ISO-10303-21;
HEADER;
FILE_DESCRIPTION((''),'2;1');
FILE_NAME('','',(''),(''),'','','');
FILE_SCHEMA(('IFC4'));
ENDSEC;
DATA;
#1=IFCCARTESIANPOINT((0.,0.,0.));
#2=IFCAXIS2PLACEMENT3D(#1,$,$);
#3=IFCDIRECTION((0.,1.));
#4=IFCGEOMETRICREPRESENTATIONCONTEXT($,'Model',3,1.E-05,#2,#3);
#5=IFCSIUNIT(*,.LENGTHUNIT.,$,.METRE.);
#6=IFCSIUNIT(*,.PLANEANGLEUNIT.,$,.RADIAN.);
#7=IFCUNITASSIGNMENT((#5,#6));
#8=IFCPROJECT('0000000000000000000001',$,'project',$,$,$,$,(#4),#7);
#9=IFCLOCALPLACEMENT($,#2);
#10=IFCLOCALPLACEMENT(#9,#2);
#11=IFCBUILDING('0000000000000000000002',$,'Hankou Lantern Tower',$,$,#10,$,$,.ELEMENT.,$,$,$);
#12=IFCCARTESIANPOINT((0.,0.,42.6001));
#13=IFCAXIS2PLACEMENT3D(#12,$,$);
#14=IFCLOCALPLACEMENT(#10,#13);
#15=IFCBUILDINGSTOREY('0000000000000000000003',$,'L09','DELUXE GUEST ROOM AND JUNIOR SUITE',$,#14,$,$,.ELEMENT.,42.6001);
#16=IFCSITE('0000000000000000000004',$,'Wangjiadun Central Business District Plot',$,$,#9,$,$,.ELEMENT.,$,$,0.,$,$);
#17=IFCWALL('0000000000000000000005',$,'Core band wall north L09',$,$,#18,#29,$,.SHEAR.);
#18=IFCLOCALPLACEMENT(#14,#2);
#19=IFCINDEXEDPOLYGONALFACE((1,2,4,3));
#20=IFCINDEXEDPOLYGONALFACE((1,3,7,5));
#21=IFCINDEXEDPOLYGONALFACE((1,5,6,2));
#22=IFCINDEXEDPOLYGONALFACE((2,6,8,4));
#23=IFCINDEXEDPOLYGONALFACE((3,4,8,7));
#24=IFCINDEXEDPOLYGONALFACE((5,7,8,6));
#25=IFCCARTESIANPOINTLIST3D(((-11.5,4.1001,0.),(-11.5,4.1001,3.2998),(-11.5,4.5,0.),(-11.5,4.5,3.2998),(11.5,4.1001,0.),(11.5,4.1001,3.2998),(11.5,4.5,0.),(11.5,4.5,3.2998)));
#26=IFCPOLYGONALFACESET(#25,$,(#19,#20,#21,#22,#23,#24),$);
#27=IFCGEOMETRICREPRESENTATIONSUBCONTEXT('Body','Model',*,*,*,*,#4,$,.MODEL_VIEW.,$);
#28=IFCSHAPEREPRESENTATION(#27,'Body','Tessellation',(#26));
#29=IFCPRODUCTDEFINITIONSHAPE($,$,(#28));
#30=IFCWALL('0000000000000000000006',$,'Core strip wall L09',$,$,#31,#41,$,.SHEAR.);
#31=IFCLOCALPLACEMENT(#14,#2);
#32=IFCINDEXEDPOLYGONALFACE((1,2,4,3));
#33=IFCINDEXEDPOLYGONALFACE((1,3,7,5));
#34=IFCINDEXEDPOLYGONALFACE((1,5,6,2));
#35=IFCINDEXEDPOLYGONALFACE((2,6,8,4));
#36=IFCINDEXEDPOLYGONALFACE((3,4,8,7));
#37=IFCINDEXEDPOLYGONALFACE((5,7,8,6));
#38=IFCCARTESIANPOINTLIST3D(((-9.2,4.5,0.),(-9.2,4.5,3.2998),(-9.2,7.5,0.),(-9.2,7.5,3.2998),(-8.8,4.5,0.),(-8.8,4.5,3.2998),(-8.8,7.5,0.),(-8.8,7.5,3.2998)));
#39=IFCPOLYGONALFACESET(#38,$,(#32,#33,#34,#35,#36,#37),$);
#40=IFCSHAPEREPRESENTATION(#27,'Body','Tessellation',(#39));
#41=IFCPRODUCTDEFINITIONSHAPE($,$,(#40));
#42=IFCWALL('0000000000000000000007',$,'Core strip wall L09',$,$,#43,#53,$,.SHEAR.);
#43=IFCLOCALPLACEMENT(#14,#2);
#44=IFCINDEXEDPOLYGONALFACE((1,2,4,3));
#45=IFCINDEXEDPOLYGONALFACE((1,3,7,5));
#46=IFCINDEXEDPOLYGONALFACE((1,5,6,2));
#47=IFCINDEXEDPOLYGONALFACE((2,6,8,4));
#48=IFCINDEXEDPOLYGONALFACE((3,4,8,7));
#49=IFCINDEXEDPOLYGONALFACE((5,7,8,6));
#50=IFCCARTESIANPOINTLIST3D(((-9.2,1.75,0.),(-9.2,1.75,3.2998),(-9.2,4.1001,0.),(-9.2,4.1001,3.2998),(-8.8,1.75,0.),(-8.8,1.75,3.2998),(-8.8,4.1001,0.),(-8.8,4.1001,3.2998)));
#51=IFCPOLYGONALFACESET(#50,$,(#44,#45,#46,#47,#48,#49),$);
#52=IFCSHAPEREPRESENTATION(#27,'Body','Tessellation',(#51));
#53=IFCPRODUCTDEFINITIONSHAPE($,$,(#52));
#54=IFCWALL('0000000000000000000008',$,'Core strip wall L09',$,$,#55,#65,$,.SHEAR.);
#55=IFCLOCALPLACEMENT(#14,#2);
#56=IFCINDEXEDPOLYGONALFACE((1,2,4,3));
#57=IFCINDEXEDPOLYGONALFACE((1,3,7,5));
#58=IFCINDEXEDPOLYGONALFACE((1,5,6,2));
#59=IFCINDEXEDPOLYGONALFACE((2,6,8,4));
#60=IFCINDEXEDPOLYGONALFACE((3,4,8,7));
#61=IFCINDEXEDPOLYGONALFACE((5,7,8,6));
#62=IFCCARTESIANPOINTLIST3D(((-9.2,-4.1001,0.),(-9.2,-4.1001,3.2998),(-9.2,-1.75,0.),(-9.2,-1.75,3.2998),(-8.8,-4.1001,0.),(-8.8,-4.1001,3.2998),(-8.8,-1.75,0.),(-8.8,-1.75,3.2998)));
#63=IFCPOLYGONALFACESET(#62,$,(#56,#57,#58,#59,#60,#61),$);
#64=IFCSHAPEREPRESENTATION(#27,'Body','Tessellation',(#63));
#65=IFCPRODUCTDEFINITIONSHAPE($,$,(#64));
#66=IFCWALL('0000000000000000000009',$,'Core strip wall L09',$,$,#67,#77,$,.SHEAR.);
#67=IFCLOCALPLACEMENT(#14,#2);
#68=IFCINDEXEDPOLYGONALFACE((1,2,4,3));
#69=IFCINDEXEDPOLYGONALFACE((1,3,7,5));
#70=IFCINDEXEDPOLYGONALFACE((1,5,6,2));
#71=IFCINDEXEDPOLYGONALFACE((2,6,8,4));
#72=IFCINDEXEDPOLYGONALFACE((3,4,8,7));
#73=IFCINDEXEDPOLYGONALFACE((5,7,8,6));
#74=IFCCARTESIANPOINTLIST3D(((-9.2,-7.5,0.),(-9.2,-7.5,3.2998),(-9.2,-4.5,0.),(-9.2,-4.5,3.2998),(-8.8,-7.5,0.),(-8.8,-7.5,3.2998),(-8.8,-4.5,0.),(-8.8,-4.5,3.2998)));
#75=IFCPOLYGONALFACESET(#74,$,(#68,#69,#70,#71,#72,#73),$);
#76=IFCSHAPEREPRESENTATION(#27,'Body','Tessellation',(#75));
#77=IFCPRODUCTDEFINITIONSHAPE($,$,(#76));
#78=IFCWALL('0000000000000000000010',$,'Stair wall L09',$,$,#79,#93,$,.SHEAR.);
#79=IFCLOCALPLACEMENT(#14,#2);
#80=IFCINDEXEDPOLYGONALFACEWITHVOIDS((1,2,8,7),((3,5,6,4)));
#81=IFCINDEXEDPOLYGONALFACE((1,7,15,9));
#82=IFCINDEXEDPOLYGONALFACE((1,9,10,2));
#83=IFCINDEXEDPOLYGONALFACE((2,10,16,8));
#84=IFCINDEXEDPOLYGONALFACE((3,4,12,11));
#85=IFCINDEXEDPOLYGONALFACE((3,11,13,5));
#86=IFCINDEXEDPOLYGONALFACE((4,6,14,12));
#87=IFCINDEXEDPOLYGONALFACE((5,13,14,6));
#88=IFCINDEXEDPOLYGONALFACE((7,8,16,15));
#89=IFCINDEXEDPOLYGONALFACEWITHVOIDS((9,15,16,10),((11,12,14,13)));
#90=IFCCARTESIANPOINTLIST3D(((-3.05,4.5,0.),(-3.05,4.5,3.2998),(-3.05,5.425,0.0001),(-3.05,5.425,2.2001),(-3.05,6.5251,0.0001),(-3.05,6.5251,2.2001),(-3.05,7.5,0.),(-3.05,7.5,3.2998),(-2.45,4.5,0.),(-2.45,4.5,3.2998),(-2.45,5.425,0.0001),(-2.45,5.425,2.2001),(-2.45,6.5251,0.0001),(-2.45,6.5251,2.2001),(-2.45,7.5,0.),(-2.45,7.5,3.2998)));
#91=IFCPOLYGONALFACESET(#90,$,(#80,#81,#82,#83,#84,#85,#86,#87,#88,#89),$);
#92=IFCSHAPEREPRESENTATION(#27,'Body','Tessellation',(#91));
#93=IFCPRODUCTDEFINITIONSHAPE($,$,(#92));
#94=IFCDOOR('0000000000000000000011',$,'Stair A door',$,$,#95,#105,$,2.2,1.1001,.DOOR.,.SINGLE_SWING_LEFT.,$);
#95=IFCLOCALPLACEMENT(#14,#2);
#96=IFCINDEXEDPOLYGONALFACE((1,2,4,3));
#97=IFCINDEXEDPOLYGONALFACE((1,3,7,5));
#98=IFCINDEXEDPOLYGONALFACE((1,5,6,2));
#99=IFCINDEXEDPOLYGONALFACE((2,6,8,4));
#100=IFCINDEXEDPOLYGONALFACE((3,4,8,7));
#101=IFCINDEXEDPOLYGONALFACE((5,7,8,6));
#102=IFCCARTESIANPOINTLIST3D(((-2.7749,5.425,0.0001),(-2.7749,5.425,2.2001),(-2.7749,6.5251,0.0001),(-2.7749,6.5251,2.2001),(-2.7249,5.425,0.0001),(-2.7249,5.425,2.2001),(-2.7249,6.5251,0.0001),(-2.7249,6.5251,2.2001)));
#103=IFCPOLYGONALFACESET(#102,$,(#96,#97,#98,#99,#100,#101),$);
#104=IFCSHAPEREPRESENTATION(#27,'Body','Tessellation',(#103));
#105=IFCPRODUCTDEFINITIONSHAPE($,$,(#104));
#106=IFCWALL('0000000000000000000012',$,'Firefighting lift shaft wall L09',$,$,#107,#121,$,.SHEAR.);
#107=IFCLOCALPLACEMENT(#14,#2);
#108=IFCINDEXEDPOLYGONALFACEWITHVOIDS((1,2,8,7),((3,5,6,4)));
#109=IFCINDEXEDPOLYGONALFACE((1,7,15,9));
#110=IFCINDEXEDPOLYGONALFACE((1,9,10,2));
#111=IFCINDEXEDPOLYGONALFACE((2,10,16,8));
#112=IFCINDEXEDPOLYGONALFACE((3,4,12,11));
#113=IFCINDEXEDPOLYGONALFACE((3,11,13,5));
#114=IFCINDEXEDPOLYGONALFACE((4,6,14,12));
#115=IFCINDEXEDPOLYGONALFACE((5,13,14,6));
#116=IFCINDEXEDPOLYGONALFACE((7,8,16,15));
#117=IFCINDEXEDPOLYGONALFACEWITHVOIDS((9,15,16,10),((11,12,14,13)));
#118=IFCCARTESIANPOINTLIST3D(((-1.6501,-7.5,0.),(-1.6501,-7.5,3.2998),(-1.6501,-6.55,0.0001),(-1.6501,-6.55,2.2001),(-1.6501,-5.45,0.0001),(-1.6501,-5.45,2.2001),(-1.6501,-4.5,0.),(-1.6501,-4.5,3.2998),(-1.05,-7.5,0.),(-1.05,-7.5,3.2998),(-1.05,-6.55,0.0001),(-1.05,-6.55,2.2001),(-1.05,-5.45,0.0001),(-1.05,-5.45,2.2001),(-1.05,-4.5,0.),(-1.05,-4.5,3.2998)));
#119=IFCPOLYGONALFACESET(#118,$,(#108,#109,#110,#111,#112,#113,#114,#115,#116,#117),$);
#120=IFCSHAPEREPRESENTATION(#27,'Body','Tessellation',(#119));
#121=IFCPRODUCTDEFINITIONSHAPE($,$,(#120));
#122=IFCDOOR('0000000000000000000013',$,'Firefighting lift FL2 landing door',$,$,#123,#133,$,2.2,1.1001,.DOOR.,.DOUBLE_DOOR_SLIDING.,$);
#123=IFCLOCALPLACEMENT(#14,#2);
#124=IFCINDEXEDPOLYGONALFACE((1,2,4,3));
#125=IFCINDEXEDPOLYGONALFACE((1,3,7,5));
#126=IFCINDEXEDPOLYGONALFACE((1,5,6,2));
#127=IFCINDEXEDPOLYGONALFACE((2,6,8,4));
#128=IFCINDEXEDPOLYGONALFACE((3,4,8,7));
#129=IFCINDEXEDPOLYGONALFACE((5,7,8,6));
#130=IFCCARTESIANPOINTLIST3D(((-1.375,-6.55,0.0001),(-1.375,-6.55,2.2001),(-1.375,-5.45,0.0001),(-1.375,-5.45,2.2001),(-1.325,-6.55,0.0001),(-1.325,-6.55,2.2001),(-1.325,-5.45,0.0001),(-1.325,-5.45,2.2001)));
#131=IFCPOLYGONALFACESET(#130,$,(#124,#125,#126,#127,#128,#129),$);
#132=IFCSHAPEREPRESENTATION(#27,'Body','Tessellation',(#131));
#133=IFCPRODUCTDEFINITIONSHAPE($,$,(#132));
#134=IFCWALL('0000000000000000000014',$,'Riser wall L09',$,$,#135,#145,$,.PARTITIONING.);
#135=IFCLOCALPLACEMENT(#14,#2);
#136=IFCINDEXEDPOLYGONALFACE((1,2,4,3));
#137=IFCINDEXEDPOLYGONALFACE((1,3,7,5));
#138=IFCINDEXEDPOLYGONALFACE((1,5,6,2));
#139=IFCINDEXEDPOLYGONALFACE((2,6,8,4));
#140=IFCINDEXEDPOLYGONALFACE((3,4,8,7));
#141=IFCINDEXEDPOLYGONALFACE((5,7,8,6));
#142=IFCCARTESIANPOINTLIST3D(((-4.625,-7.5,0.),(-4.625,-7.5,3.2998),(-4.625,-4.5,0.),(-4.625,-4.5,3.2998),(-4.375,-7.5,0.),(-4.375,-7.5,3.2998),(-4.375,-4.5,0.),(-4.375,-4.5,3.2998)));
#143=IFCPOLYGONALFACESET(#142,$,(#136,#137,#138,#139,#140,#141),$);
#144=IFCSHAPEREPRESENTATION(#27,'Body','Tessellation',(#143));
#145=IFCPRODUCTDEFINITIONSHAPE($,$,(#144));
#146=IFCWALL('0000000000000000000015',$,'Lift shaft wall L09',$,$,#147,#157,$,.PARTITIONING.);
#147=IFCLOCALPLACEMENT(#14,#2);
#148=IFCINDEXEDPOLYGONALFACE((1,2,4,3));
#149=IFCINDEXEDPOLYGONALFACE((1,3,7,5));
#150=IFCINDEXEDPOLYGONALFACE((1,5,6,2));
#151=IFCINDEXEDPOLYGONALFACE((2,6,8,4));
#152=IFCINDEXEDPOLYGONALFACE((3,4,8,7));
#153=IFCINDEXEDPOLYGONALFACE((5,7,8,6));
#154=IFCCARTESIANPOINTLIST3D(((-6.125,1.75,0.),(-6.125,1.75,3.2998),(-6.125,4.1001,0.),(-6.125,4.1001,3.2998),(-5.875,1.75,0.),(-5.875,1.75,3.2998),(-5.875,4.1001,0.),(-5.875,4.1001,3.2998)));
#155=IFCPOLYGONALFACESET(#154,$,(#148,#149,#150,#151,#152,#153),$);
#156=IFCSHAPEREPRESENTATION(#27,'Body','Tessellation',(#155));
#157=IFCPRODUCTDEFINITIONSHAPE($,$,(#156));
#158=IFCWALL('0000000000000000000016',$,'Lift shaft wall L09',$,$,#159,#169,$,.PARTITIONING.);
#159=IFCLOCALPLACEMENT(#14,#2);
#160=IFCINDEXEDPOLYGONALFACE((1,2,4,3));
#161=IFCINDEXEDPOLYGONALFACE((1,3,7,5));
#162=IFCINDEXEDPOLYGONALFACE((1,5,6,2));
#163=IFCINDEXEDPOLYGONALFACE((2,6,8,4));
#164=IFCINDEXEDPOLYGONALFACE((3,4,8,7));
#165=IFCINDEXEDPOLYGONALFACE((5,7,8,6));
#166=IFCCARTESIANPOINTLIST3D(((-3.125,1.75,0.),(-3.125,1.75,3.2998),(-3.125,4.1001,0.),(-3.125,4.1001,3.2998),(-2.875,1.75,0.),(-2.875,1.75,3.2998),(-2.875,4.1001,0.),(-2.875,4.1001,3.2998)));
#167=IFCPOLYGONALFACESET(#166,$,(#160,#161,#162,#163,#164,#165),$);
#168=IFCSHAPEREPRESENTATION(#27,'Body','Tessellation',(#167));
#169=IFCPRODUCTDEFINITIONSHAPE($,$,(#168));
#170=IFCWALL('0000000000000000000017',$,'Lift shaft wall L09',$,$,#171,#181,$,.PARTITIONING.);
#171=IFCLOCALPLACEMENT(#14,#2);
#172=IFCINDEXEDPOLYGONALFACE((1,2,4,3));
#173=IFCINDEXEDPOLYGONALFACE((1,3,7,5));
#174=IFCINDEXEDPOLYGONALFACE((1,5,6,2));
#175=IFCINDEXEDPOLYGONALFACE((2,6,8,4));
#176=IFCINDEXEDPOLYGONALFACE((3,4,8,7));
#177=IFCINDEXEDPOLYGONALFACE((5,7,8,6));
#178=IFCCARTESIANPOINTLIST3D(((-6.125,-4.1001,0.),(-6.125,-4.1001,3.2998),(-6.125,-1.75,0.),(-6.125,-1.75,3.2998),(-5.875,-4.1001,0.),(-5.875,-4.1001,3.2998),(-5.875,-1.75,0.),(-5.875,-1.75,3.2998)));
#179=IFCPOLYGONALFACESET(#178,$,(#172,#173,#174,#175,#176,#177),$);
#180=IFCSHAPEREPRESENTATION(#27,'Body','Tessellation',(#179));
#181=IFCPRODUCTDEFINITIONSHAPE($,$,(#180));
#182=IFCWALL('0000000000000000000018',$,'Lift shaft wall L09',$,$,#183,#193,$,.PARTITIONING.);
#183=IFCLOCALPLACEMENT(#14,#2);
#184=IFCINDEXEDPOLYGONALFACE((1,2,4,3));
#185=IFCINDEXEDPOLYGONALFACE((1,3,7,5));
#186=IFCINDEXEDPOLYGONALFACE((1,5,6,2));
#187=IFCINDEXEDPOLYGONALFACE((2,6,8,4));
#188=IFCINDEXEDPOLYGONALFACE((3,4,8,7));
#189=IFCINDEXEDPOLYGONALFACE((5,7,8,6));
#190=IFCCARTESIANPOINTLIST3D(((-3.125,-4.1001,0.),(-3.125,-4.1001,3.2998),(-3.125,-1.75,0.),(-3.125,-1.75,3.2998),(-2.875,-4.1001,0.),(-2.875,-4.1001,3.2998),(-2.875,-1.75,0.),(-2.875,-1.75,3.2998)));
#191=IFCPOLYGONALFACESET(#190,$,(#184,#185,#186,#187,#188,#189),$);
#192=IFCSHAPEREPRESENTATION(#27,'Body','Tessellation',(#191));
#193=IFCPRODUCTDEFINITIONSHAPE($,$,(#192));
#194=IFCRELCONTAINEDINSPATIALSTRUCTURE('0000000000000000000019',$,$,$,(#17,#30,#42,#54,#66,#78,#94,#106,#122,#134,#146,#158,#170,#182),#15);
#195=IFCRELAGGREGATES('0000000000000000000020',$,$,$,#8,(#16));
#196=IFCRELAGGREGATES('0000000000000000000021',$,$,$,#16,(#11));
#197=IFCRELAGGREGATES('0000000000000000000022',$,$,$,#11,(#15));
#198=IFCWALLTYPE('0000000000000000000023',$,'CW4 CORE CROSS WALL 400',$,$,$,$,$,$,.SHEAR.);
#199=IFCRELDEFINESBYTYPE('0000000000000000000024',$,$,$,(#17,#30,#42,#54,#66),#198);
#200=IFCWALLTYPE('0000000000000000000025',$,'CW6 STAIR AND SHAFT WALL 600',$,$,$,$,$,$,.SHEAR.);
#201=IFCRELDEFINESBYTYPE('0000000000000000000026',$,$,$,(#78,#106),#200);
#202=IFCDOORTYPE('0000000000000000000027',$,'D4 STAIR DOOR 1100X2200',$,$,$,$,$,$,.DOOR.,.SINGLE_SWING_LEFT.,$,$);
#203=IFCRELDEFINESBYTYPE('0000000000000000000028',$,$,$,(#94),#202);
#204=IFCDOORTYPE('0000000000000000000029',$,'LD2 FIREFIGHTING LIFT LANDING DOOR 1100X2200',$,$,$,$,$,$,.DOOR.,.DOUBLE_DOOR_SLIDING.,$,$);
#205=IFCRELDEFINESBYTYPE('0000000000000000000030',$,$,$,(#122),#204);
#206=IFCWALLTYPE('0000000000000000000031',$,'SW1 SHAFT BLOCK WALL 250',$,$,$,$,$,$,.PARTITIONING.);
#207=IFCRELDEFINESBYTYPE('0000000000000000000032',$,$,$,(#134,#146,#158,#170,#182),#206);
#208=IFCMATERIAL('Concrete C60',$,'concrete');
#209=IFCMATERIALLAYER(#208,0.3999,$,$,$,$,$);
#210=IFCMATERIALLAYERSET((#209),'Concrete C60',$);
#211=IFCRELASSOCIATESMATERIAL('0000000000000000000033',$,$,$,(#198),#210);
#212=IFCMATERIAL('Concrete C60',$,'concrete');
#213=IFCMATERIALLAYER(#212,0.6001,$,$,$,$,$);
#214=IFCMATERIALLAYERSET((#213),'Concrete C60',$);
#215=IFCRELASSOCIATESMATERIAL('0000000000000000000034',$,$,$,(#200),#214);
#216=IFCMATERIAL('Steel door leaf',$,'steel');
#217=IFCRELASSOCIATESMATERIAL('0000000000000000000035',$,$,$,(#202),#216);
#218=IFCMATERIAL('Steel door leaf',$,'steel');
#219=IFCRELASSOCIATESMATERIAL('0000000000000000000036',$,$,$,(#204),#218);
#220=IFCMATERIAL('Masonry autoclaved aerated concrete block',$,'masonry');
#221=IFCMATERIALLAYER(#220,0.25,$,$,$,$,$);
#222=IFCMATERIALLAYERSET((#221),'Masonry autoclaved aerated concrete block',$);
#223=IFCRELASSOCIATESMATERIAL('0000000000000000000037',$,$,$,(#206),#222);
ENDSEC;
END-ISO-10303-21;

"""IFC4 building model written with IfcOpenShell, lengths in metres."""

from ifc_helpers import new_model, si_unit, direction, frame, frame_2d, origin, place, context, subcontext, project, spatial, rectangle, extrude, material, layer, layer_set, type_object, element, fill, save


model = new_model("IFC4")

# Units and contexts
model_context = context("Model", 3, precision=1e-05, world=origin(), true_north=direction((0.0, 1.0)))
body_context = subcontext(model_context, "Body", "Model", "MODEL_VIEW")
ifc_project = project(units=[si_unit("LENGTHUNIT", "METRE"), si_unit("PLANEANGLEUNIT", "RADIAN")], contexts=[model_context])

# Site, building, storey
site_placement = place(None, origin())
site = spatial("IfcSite", under=ifc_project, at=site_placement, Name="Wangjiadun Central Business District Plot", CompositionType="ELEMENT", RefElevation=0.0)
building_placement = place(site_placement, origin())
building = spatial("IfcBuilding", under=site, at=building_placement, Name="Hankou Lantern Tower", CompositionType="ELEMENT")
storey_placement = place(building_placement, frame((0.0, 0.0, 42.6001)))
storey = spatial("IfcBuildingStorey", under=building, at=storey_placement, Name="L09", Description="DELUXE GUEST ROOM AND JUNIOR SUITE", CompositionType="ELEMENT", Elevation=42.6001)

# Walls
ifc_material_1 = material(Name="Concrete C60", Category="concrete")
ifc_layer_1 = layer(ifc_material_1, 0.3999)
ifc_layer_set_1 = layer_set([ifc_layer_1], Name="Concrete C60")
wall_type_1 = type_object("IfcWallType", Name="CW4 CORE CROSS WALL 400", PredefinedType="SHEAR", material=ifc_layer_set_1)
wall_1_placement = place(storey_placement, frame((-11.5, 4.3, 0.0), z_axis=(0.0, 0.0, 1.0), x_axis=(1.0, 0.0, 0.0)))
element("IfcWall", 1, at=wall_1_placement, inside=storey, type_object=wall_type_1, Name="Core band wall north L09", PredefinedType="SHEAR", context=body_context, shape_type="SweptSolid", body=[
    extrude(rectangle(XDim=23.0, YDim=0.3999, at=frame_2d((11.5, 0.0))), origin(), (0.0, 0.0, 1.0), 3.2998),
])
wall_2_placement = place(storey_placement, frame((-9.0, 4.5, 0.0), z_axis=(0.0, 0.0, 1.0), x_axis=(0.0, 1.0, 0.0)))
element("IfcWall", 2, at=wall_2_placement, inside=storey, type_object=wall_type_1, Name="Core strip wall L09", PredefinedType="SHEAR", context=body_context, shape_type="SweptSolid", body=[
    extrude(rectangle(XDim=3.0, YDim=0.3999, at=frame_2d((1.5, 0.0))), origin(), (0.0, 0.0, 1.0), 3.2998),
])
for number, where, z_axis, x_axis, name in (
    (3, (-9.0, 1.75, 0.0), (0.0, 0.0, 1.0), (0.0, 1.0, 0.0), "Core strip wall L09"),
    (4, (-9.0, -4.1001, 0.0), (0.0, 0.0, 1.0), (0.0, 1.0, 0.0), "Core strip wall L09"),
):
    element("IfcWall", number, at=place(storey_placement, frame(where, z_axis=z_axis, x_axis=x_axis)), inside=storey, type_object=wall_type_1, Name=name, PredefinedType="SHEAR", context=body_context, shape_type="SweptSolid", body=[
        extrude(rectangle(XDim=2.3501, YDim=0.3999, at=frame_2d((1.175, 0.0))), origin(), (0.0, 0.0, 1.0), 3.2998),
    ])
wall_3_placement = place(storey_placement, frame((-9.0, -7.5, 0.0), z_axis=(0.0, 0.0, 1.0), x_axis=(0.0, 1.0, 0.0)))
element("IfcWall", 5, at=wall_3_placement, inside=storey, type_object=wall_type_1, Name="Core strip wall L09", PredefinedType="SHEAR", context=body_context, shape_type="SweptSolid", body=[
    extrude(rectangle(XDim=3.0, YDim=0.3999, at=frame_2d((1.5, 0.0))), origin(), (0.0, 0.0, 1.0), 3.2998),
])

# Walls, openings, doors
ifc_material_2 = material(Name="Concrete C60", Category="concrete")
ifc_layer_2 = layer(ifc_material_2, 0.6001)
ifc_layer_set_2 = layer_set([ifc_layer_2], Name="Concrete C60")
wall_type_2 = type_object("IfcWallType", Name="CW6 STAIR AND SHAFT WALL 600", PredefinedType="SHEAR", material=ifc_layer_set_2)
wall_4_placement = place(storey_placement, frame((-2.75, 4.5, 0.0), z_axis=(0.0, 0.0, 1.0), x_axis=(0.0, 1.0, 0.0)))
wall_4 = element("IfcWall", 6, at=wall_4_placement, inside=storey, type_object=wall_type_2, Name="Stair wall L09", PredefinedType="SHEAR", context=body_context, shape_type="SweptSolid", body=[
    extrude(rectangle(XDim=3.0, YDim=0.6001, at=frame_2d((1.5, 0.0))), origin(), (0.0, 0.0, 1.0), 3.2998),
])
opening_1_placement = place(wall_4_placement, frame((0.925, 0.0, 0.0)))
opening_1 = element("IfcOpeningElement", 7, at=opening_1_placement, cuts=wall_4, PredefinedType="OPENING", context=body_context, shape_type="SweptSolid", body=[
    extrude(rectangle(XDim=1.1001, YDim=2.2, at=frame_2d((0.55, 1.1001))), frame((0.0, 0.3101, 0.0), z_axis=(0.0, -1.0, 0.0), x_axis=(1.0, 0.0, 0.0)), (0.0, 0.0, 1.0), 0.6201),
])
ifc_material_3 = material(Name="Steel door leaf", Category="steel")
door_type_1 = type_object("IfcDoorType", Name="D4 STAIR DOOR 1100X2200", OperationType="SINGLE_SWING_LEFT", PredefinedType="DOOR", material=ifc_material_3)
door_1_placement = place(opening_1_placement, origin())
door_1 = element("IfcDoor", 8, at=door_1_placement, inside=storey, type_object=door_type_1, Name="Stair A door", OperationType="SINGLE_SWING_LEFT", OverallHeight=2.2, OverallWidth=1.1001, PredefinedType="DOOR", context=body_context, shape_type="SweptSolid", body=[
    extrude(rectangle(XDim=1.1001, YDim=2.2, at=frame_2d((0.55, 1.1001))), frame((0.0, 0.0249, 0.0), z_axis=(0.0, -1.0, 0.0), x_axis=(1.0, 0.0, 0.0)), (0.0, 0.0, 1.0), 0.05),
])
fill(opening_1, door_1)
wall_5_placement = place(storey_placement, frame((-1.3501, -7.5, 0.0), z_axis=(0.0, 0.0, 1.0), x_axis=(0.0, 1.0, 0.0)))
wall_5 = element("IfcWall", 9, at=wall_5_placement, inside=storey, type_object=wall_type_2, Name="Firefighting lift shaft wall L09", PredefinedType="SHEAR", context=body_context, shape_type="SweptSolid", body=[
    extrude(rectangle(XDim=3.0, YDim=0.6001, at=frame_2d((1.5, 0.0))), origin(), (0.0, 0.0, 1.0), 3.2998),
])
opening_2_placement = place(wall_5_placement, frame((0.95, 0.0, 0.0)))
opening_2 = element("IfcOpeningElement", 10, at=opening_2_placement, cuts=wall_5, PredefinedType="OPENING", context=body_context, shape_type="SweptSolid", body=[
    extrude(rectangle(XDim=1.1001, YDim=2.2, at=frame_2d((0.55, 1.1001))), frame((0.0, 0.3101, 0.0), z_axis=(0.0, -1.0, 0.0), x_axis=(1.0, 0.0, 0.0)), (0.0, 0.0, 1.0), 0.6201),
])
ifc_material_4 = material(Name="Steel door leaf", Category="steel")
door_type_2 = type_object("IfcDoorType", Name="LD2 FIREFIGHTING LIFT LANDING DOOR 1100X2200", OperationType="DOUBLE_DOOR_SLIDING", PredefinedType="DOOR", material=ifc_material_4)
door_2_placement = place(opening_2_placement, origin())
door_2 = element("IfcDoor", 11, at=door_2_placement, inside=storey, type_object=door_type_2, Name="Firefighting lift FL2 landing door", OperationType="DOUBLE_DOOR_SLIDING", OverallHeight=2.2, OverallWidth=1.1001, PredefinedType="DOOR", context=body_context, shape_type="SweptSolid", body=[
    extrude(rectangle(XDim=1.1001, YDim=2.2, at=frame_2d((0.55, 1.1001))), frame((0.0, 0.0249, 0.0), z_axis=(0.0, -1.0, 0.0), x_axis=(1.0, 0.0, 0.0)), (0.0, 0.0, 1.0), 0.05),
])
fill(opening_2, door_2)

# Walls
ifc_material_5 = material(Name="Masonry autoclaved aerated concrete block", Category="masonry")
ifc_layer_3 = layer(ifc_material_5, 0.25)
ifc_layer_set_3 = layer_set([ifc_layer_3], Name="Masonry autoclaved aerated concrete block")
wall_type_3 = type_object("IfcWallType", Name="SW1 SHAFT BLOCK WALL 250", PredefinedType="PARTITIONING", material=ifc_layer_set_3)
wall_6_placement = place(storey_placement, frame((-4.5, -7.5, 0.0), z_axis=(0.0, 0.0, 1.0), x_axis=(0.0, 1.0, 0.0)))
element("IfcWall", 12, at=wall_6_placement, inside=storey, type_object=wall_type_3, Name="Riser wall L09", PredefinedType="PARTITIONING", context=body_context, shape_type="SweptSolid", body=[
    extrude(rectangle(XDim=3.0, YDim=0.25, at=frame_2d((1.5, 0.0))), origin(), (0.0, 0.0, 1.0), 3.2998),
])
for number, where, z_axis, x_axis, name in (
    (13, (-6.0, 1.75, 0.0), (0.0, 0.0, 1.0), (0.0, 1.0, 0.0), "Lift shaft wall L09"),
    (14, (-3.0, 1.75, 0.0), (0.0, 0.0, 1.0), (0.0, 1.0, 0.0), "Lift shaft wall L09"),
    (15, (-6.0, -4.1001, 0.0), (0.0, 0.0, 1.0), (0.0, 1.0, 0.0), "Lift shaft wall L09"),
    (16, (-3.0, -4.1001, 0.0), (0.0, 0.0, 1.0), (0.0, 1.0, 0.0), "Lift shaft wall L09"),
):
    element("IfcWall", number, at=place(storey_placement, frame(where, z_axis=z_axis, x_axis=x_axis)), inside=storey, type_object=wall_type_3, Name=name, PredefinedType="PARTITIONING", context=body_context, shape_type="SweptSolid", body=[
        extrude(rectangle(XDim=2.3501, YDim=0.25, at=frame_2d((1.175, 0.0))), origin(), (0.0, 0.0, 1.0), 3.2998),
    ])

save(model, "model.ifc")
